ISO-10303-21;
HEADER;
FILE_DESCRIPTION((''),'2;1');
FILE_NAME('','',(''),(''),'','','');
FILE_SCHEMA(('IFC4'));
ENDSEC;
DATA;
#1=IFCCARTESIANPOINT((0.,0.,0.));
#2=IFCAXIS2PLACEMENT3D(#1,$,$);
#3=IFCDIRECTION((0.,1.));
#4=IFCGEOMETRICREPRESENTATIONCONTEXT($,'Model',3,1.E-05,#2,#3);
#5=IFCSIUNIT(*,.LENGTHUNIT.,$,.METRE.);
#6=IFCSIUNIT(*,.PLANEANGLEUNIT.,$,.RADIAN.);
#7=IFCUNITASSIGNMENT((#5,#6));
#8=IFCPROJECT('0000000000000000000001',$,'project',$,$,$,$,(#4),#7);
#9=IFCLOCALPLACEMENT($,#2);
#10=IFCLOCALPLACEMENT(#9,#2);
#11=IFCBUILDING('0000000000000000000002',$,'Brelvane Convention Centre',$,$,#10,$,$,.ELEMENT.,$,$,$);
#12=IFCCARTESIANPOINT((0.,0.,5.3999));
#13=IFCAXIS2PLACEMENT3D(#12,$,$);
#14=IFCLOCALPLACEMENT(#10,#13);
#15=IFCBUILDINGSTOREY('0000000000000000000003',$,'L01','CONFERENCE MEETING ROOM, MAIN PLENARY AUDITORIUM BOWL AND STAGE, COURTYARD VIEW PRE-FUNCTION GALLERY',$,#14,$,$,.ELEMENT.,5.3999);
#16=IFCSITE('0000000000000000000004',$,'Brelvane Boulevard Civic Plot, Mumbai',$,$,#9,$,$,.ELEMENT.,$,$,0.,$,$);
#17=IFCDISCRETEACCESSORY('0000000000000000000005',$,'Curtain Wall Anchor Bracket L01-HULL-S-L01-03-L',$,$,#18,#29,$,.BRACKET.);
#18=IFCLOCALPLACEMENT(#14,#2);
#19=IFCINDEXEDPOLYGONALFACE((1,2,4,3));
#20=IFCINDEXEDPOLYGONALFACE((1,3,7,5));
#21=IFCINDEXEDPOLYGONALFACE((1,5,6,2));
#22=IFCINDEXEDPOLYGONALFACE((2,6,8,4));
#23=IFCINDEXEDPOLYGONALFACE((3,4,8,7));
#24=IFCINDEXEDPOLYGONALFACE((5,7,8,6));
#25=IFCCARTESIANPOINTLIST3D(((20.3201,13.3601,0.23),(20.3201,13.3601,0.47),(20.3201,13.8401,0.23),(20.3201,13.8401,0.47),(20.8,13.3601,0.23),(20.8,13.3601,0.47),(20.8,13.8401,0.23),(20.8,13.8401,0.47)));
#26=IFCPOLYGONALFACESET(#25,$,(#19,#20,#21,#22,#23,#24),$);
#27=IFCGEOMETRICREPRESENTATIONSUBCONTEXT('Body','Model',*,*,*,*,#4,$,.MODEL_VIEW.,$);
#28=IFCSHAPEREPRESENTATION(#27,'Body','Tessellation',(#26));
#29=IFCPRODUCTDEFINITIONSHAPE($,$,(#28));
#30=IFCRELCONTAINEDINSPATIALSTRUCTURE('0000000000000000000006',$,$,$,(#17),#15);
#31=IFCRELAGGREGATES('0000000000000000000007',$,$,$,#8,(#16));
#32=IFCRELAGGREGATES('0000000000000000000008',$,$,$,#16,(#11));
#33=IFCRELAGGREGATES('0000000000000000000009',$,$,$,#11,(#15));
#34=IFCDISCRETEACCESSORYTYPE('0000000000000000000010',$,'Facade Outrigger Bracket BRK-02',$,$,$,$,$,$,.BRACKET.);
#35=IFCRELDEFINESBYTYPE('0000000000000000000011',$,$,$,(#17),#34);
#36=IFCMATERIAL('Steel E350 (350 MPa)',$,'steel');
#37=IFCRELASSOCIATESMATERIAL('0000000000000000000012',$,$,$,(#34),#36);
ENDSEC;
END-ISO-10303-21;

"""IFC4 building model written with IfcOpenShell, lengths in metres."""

from ifc_helpers import new_model, si_unit, direction, frame, origin, origin_2d, place, context, subcontext, project, spatial, rectangle, extrude, material, type_object, element, save


model = new_model("IFC4")

# Units and contexts
model_context = context("Model", 3, precision=1e-05, world=origin(), true_north=direction((0.0, 1.0)))
body_context = subcontext(model_context, "Body", "Model", "MODEL_VIEW")
ifc_project = project(units=[si_unit("LENGTHUNIT", "METRE"), si_unit("PLANEANGLEUNIT", "RADIAN")], contexts=[model_context])

# Site, building, storey
site_placement = place(None, origin())
site = spatial("IfcSite", under=ifc_project, at=site_placement, Name="Brelvane Boulevard Civic Plot, Mumbai", CompositionType="ELEMENT", RefElevation=0.0)
building_placement = place(site_placement, origin())
building = spatial("IfcBuilding", under=site, at=building_placement, Name="Brelvane Convention Centre", CompositionType="ELEMENT")
storey_placement = place(building_placement, frame((0.0, 0.0, 5.3999)))
storey = spatial("IfcBuildingStorey", under=building, at=storey_placement, Name="L01", Description="CONFERENCE MEETING ROOM, MAIN PLENARY AUDITORIUM BOWL AND STAGE, COURTYARD VIEW PRE-FUNCTION GALLERY", CompositionType="ELEMENT", Elevation=5.3999)

# Discrete accessory
ifc_material_1 = material(Name="Steel E350 (350 MPa)", Category="steel")
discrete_accessory_type = type_object("IfcDiscreteAccessoryType", Name="Facade Outrigger Bracket BRK-02", PredefinedType="BRACKET", material=ifc_material_1)
discrete_accessory_1_placement = place(storey_placement, frame((20.5601, 13.6001, 0.23), z_axis=(0.0, 0.0, 1.0), x_axis=(1.0, 0.0, 0.0)))
element("IfcDiscreteAccessory", 1, at=discrete_accessory_1_placement, inside=storey, type_object=discrete_accessory_type, Name="Curtain Wall Anchor Bracket L01-HULL-S-L01-03-L", PredefinedType="BRACKET", context=body_context, shape_type="SweptSolid", body=[
    extrude(rectangle(XDim=0.48, YDim=0.48, at=origin_2d()), origin(), (0.0, 0.0, 1.0), 0.24),
])

save(model, "model.ifc")
